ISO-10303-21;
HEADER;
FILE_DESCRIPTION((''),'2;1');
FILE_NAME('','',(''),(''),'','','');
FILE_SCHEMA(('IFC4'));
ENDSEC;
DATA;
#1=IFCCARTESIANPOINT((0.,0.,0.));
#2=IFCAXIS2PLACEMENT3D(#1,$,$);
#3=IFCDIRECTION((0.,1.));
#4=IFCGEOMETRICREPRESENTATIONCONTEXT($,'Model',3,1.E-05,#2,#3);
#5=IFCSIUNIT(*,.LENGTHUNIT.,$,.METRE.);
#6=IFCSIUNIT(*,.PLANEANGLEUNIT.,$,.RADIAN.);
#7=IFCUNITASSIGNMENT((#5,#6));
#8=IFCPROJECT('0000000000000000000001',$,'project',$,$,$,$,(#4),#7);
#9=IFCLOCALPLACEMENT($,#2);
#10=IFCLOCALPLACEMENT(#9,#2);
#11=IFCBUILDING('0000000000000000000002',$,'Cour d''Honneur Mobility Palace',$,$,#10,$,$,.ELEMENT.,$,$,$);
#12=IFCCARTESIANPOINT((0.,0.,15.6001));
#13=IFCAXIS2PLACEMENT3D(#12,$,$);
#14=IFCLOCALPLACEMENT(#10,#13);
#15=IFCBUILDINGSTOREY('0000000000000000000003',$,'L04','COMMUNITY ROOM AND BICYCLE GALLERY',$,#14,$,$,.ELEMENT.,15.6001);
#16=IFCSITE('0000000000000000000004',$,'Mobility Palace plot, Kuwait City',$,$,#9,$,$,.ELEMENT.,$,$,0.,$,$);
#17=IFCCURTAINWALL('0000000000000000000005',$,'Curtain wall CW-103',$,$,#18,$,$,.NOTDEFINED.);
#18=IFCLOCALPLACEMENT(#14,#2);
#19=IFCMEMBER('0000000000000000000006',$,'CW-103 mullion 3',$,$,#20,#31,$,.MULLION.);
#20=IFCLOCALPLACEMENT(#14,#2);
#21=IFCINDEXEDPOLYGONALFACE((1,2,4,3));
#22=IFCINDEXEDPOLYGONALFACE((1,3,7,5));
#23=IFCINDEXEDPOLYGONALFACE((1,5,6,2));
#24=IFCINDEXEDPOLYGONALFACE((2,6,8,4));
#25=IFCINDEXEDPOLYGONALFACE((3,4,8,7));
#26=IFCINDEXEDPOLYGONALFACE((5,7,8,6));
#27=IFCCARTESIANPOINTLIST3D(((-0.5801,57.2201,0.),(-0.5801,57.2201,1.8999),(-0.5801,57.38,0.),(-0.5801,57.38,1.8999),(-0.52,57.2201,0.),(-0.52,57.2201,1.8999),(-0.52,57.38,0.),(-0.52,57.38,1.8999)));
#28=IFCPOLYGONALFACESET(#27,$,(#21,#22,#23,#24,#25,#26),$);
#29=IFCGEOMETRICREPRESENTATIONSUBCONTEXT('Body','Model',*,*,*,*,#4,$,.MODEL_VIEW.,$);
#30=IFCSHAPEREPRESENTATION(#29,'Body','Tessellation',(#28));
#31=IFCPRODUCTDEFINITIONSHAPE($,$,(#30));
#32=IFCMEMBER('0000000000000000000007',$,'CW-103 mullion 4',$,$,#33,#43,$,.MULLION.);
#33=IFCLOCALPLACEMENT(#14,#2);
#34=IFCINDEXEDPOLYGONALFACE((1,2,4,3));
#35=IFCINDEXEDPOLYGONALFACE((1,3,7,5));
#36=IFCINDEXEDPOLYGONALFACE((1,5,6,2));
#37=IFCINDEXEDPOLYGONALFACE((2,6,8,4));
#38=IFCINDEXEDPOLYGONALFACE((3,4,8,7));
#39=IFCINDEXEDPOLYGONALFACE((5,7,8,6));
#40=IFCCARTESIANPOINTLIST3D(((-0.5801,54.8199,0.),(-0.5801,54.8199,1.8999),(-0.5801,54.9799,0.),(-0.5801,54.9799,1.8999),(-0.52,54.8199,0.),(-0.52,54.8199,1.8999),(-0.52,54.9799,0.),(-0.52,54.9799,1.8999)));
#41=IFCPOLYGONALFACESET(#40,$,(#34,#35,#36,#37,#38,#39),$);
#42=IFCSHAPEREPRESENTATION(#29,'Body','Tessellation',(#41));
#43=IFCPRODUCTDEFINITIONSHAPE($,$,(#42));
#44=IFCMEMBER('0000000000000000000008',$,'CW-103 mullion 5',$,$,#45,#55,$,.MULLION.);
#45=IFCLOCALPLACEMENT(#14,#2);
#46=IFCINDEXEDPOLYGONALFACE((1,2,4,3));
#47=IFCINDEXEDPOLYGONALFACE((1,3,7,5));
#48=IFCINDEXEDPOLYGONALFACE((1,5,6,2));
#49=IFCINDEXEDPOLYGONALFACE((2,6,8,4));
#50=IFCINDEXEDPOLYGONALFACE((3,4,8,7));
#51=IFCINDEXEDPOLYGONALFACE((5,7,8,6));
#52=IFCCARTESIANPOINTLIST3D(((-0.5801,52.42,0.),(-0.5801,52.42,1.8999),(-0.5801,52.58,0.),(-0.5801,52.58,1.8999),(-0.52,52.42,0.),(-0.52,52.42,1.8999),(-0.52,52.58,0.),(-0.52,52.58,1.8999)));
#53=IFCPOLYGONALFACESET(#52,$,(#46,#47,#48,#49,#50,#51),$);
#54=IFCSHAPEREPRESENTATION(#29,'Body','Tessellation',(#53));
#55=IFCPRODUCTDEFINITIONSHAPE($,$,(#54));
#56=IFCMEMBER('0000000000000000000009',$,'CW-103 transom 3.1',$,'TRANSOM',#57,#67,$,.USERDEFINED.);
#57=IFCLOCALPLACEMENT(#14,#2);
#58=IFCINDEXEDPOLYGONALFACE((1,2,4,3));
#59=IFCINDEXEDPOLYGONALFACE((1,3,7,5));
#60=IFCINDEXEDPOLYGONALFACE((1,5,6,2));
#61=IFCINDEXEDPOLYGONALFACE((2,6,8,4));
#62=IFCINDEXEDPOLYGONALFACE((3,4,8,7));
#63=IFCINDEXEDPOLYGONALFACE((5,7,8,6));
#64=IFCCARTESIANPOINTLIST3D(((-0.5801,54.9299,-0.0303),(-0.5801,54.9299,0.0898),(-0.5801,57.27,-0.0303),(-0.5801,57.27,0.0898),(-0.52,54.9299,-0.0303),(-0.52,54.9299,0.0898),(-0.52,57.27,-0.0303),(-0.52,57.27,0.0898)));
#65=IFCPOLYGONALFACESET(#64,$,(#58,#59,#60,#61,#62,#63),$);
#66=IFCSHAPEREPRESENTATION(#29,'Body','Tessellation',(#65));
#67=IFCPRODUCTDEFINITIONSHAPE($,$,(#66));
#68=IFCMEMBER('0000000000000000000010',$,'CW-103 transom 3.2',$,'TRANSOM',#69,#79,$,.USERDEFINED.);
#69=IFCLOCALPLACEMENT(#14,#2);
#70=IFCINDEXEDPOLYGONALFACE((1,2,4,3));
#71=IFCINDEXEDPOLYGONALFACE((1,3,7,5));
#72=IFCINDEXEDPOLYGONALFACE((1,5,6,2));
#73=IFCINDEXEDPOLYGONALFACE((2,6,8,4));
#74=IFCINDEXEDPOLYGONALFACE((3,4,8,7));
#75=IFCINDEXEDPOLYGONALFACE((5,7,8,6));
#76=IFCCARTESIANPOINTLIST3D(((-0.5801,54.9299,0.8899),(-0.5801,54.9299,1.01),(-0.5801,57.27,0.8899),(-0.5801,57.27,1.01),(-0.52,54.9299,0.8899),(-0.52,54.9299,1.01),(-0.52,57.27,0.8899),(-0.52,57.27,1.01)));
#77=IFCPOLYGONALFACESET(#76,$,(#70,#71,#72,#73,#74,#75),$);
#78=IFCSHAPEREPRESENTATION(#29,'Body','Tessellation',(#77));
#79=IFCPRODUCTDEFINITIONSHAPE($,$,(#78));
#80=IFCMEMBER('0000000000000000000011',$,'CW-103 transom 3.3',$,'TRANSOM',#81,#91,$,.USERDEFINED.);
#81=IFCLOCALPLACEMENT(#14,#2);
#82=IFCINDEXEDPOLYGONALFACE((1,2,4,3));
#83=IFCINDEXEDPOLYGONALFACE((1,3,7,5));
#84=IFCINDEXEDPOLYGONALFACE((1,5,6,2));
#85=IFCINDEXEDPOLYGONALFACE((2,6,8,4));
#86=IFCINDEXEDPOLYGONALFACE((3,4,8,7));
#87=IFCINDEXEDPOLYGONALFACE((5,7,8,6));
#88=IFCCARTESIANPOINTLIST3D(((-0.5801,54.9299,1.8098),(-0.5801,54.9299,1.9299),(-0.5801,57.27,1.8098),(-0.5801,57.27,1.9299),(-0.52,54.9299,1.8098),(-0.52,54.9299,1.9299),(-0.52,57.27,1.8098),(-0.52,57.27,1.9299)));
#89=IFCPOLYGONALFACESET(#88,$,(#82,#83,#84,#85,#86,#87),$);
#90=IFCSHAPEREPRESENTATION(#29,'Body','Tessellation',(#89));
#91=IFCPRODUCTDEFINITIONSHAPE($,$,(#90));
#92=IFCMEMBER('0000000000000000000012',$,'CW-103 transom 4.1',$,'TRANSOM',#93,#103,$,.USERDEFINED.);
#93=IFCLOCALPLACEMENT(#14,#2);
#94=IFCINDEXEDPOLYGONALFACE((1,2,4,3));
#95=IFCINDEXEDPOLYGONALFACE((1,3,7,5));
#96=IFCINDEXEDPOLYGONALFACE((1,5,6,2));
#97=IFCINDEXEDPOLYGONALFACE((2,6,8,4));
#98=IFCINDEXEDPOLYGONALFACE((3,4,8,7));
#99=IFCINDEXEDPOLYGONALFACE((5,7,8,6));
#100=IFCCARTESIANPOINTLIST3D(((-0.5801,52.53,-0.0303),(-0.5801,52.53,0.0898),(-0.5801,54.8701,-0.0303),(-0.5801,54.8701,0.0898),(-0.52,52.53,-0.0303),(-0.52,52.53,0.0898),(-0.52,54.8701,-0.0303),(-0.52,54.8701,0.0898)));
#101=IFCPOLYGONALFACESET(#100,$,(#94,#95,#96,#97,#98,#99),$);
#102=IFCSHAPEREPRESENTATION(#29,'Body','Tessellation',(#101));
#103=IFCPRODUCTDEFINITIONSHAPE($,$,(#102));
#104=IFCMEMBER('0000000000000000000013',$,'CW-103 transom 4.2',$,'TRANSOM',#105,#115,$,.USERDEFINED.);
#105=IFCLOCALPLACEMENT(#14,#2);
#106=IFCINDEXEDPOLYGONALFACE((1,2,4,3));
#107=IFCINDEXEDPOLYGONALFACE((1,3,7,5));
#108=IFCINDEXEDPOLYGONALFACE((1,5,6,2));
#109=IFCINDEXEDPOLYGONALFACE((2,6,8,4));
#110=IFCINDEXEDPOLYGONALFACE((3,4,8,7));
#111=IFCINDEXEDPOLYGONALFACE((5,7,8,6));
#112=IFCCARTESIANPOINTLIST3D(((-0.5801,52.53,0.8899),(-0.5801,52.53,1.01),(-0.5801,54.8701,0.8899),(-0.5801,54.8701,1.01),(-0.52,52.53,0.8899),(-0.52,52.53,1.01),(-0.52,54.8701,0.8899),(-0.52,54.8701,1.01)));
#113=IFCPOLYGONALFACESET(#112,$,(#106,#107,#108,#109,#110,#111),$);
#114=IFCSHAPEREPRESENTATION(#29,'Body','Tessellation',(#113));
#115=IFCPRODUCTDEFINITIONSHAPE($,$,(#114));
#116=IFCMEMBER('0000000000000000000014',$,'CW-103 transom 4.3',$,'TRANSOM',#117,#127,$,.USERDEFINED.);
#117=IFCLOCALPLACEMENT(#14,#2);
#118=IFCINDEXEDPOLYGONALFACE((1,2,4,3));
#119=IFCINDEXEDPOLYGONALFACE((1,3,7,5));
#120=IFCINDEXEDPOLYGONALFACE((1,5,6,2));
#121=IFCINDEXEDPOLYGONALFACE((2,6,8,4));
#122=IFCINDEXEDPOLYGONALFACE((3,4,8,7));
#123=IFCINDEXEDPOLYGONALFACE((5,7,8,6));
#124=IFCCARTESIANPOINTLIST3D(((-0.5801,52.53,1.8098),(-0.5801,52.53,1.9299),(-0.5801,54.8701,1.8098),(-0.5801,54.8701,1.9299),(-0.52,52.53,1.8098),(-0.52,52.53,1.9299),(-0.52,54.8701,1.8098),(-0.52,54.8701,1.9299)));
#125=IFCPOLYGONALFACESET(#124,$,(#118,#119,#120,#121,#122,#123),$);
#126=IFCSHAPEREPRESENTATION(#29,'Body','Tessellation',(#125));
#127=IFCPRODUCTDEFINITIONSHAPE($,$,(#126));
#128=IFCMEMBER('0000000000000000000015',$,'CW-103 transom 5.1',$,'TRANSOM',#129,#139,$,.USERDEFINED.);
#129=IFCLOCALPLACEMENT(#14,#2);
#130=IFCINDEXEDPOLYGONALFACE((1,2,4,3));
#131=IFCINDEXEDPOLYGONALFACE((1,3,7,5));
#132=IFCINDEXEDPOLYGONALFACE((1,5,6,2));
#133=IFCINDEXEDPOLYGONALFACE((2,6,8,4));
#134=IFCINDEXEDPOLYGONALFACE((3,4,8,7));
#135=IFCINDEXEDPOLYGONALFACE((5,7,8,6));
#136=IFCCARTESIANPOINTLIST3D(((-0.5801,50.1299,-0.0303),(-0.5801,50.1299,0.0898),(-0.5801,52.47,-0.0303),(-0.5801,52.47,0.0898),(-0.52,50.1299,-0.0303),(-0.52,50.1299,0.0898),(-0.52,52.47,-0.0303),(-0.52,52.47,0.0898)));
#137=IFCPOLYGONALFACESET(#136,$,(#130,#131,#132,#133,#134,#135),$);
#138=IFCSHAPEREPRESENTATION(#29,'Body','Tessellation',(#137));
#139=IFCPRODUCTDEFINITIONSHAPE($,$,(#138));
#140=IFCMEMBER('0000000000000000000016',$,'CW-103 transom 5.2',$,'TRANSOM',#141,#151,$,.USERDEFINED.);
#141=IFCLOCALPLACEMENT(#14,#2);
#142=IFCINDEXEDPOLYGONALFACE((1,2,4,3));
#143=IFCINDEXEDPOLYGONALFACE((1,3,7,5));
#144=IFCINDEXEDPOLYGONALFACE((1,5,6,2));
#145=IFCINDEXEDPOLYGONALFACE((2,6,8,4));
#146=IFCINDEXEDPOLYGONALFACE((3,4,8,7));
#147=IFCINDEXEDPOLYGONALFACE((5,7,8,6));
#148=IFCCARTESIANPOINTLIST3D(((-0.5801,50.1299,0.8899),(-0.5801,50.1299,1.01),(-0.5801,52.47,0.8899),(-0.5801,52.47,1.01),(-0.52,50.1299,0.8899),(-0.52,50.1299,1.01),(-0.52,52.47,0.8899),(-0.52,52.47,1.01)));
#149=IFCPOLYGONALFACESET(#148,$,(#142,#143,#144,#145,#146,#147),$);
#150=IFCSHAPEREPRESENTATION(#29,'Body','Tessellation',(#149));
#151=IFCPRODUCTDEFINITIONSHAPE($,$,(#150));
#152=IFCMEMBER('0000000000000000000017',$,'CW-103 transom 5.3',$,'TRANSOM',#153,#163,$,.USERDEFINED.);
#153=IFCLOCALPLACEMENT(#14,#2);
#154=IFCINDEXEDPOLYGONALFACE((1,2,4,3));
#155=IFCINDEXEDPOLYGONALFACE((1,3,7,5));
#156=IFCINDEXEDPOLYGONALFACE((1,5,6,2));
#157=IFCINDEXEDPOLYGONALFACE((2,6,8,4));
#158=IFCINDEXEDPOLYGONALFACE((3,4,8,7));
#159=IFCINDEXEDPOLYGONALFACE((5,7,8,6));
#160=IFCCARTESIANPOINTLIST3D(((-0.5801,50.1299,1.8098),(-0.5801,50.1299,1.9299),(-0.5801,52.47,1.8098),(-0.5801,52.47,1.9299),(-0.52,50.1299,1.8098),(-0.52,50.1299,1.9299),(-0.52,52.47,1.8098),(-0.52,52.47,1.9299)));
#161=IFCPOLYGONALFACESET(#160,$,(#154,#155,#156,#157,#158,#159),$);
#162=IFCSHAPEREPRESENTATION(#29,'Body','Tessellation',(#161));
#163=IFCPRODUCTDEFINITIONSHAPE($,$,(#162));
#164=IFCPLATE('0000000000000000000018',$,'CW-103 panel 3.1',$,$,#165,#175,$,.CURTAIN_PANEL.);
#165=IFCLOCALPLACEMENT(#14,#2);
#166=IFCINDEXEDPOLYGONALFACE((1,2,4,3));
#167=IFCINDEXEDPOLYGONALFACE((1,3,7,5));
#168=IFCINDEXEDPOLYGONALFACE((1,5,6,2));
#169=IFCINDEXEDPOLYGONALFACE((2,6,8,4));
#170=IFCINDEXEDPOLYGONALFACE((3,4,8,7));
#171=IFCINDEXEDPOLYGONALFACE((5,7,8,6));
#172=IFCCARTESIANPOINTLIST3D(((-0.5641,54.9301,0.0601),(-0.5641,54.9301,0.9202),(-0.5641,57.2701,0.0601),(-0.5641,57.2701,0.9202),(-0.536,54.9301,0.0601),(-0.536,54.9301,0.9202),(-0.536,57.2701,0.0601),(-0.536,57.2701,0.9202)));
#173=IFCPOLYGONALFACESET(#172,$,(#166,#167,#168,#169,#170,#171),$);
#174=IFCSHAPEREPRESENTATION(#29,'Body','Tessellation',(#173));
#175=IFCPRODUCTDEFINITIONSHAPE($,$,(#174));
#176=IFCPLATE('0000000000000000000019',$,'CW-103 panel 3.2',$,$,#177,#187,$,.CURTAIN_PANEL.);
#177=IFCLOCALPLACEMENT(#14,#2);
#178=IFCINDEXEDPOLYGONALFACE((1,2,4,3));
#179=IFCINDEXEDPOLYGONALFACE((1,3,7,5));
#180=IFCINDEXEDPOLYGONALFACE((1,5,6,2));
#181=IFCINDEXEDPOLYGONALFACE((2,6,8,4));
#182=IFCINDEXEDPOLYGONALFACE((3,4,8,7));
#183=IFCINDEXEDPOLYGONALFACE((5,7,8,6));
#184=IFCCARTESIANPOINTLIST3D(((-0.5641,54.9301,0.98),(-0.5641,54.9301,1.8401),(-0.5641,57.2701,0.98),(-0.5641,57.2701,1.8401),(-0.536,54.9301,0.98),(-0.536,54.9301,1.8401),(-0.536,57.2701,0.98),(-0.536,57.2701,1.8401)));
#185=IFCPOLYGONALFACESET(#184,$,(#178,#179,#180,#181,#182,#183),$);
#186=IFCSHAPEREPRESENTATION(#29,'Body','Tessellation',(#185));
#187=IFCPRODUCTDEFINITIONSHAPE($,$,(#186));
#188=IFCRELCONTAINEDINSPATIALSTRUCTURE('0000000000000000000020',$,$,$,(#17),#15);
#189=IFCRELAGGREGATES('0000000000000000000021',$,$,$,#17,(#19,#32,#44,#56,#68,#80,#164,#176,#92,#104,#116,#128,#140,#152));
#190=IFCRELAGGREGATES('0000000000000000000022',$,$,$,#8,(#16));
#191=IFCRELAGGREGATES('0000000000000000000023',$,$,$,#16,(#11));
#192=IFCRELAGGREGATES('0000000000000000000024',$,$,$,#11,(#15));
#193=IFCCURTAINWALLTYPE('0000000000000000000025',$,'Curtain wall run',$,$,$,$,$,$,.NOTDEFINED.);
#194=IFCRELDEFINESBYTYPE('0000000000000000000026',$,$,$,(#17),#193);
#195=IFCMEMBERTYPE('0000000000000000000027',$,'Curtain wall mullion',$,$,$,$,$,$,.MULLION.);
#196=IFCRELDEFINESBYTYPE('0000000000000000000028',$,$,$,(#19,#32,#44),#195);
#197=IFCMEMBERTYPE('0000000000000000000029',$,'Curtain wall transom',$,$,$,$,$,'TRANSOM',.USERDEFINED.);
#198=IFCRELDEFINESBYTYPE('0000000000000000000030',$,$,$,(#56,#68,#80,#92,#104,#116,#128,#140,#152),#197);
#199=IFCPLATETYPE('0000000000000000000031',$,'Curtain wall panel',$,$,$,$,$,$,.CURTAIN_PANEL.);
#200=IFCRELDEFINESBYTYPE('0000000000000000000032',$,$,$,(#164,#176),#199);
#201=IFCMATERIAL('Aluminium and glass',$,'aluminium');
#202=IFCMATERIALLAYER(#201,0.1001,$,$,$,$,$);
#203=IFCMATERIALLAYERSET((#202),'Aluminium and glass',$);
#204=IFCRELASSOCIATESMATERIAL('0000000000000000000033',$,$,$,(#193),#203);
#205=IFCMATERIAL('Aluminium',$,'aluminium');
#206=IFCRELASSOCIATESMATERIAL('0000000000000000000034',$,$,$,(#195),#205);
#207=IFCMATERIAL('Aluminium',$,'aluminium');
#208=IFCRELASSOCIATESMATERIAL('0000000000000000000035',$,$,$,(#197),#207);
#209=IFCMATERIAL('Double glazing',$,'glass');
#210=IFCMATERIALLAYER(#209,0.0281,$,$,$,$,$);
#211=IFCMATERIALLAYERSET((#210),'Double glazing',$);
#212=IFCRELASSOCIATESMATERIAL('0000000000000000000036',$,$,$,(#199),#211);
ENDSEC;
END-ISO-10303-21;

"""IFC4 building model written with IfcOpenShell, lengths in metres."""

from ifc_helpers import new_model, si_unit, direction, frame, origin, origin_2d, place, context, subcontext, project, spatial, rectangle, extrude, material, layer, layer_set, material_profile, profile_set, type_object, element, aggregate, save


model = new_model("IFC4")

# Units and contexts
model_context = context("Model", 3, precision=1e-05, world=origin(), true_north=direction((0.0, 1.0)))
body_context = subcontext(model_context, "Body", "Model", "MODEL_VIEW")
ifc_project = project(units=[si_unit("LENGTHUNIT", "METRE"), si_unit("PLANEANGLEUNIT", "RADIAN")], contexts=[model_context])

# Site, building, storey
site_placement = place(None, origin())
site = spatial("IfcSite", under=ifc_project, at=site_placement, Name="Mobility Palace plot, Kuwait City", CompositionType="ELEMENT", RefElevation=0.0)
building_placement = place(site_placement, origin())
building = spatial("IfcBuilding", under=site, at=building_placement, Name="Cour d'Honneur Mobility Palace", CompositionType="ELEMENT")
storey_placement = place(building_placement, frame((0.0, 0.0, 15.6001)))
storey = spatial("IfcBuildingStorey", under=building, at=storey_placement, Name="L04", Description="COMMUNITY ROOM AND BICYCLE GALLERY", CompositionType="ELEMENT", Elevation=15.6001)

# Curtain wall, members, plates
ifc_material_1 = material(Name="Aluminium and glass", Category="aluminium")
ifc_layer_1 = layer(ifc_material_1, 0.1001)
ifc_layer_set_1 = layer_set([ifc_layer_1], Name="Aluminium and glass")
curtain_wall_type = type_object("IfcCurtainWallType", Name="Curtain wall run", PredefinedType="NOTDEFINED", material=ifc_layer_set_1)
curtain_wall_placement = place(storey_placement, origin())
curtain_wall = element("IfcCurtainWall", 1, at=curtain_wall_placement, inside=storey, type_object=curtain_wall_type, Name="Curtain wall CW-103", PredefinedType="NOTDEFINED")
ifc_material_2 = material(Name="Aluminium", Category="aluminium")
ifc_material_profile_1 = material_profile(ifc_material_2, rectangle(XDim=0.0601, YDim=0.1599, at=origin_2d()), Name="Curtain wall mullion")
ifc_profile_set_1 = profile_set([ifc_material_profile_1], Name="Aluminium")
member_type_1 = type_object("IfcMemberType", Name="Curtain wall mullion", PredefinedType="MULLION", material=ifc_profile_set_1)
member_1_placement = place(storey_placement, frame((-0.55, 57.3, 0.0), z_axis=(0.0, 0.0, 1.0), x_axis=(1.0, 0.0, 0.0)))
member_1 = element("IfcMember", 2, at=member_1_placement, type_object=member_type_1, Name="CW-103 mullion 3", PredefinedType="MULLION", context=body_context, shape_type="SweptSolid", body=[
    extrude(rectangle(XDim=0.0601, YDim=0.1599, at=origin_2d()), origin(), (0.0, 0.0, 1.0), 1.8999),
])
member_2_placement = place(storey_placement, frame((-0.55, 54.8999, 0.0), z_axis=(0.0, 0.0, 1.0), x_axis=(1.0, 0.0, 0.0)))
member_2 = element("IfcMember", 3, at=member_2_placement, type_object=member_type_1, Name="CW-103 mullion 4", PredefinedType="MULLION", context=body_context, shape_type="SweptSolid", body=[
    extrude(rectangle(XDim=0.0601, YDim=0.1599, at=origin_2d()), origin(), (0.0, 0.0, 1.0), 1.8999),
])
member_3_placement = place(storey_placement, frame((-0.55, 52.5, 0.0), z_axis=(0.0, 0.0, 1.0), x_axis=(1.0, 0.0, 0.0)))
member_3 = element("IfcMember", 4, at=member_3_placement, type_object=member_type_1, Name="CW-103 mullion 5", PredefinedType="MULLION", context=body_context, shape_type="SweptSolid", body=[
    extrude(rectangle(XDim=0.0601, YDim=0.1599, at=origin_2d()), origin(), (0.0, 0.0, 1.0), 1.8999),
])
ifc_material_3 = material(Name="Aluminium", Category="aluminium")
ifc_material_profile_2 = material_profile(ifc_material_3, rectangle(XDim=0.0601, YDim=0.1201, at=origin_2d()), Name="Curtain wall transom")
ifc_profile_set_2 = profile_set([ifc_material_profile_2], Name="Aluminium")
member_type_2 = type_object("IfcMemberType", Name="Curtain wall transom", ElementType="TRANSOM", PredefinedType="USERDEFINED", material=ifc_profile_set_2)
member_4_placement = place(storey_placement, frame((-0.55, 57.27, 0.0298), z_axis=(0.0, -1.0, 0.0), x_axis=(1.0, 0.0, 0.0)))
member_4 = element("IfcMember", 5, at=member_4_placement, type_object=member_type_2, Name="CW-103 transom 3.1", ObjectType="TRANSOM", PredefinedType="USERDEFINED", context=body_context, shape_type="SweptSolid", body=[
    extrude(rectangle(XDim=0.0601, YDim=0.1201, at=origin_2d()), origin(), (0.0, 0.0, 1.0), 2.3401),
])
member_5_placement = place(storey_placement, frame((-0.55, 57.27, 0.95), z_axis=(0.0, -1.0, 0.0), x_axis=(1.0, 0.0, 0.0)))
member_5 = element("IfcMember", 6, at=member_5_placement, type_object=member_type_2, Name="CW-103 transom 3.2", ObjectType="TRANSOM", PredefinedType="USERDEFINED", context=body_context, shape_type="SweptSolid", body=[
    extrude(rectangle(XDim=0.0601, YDim=0.1201, at=origin_2d()), origin(), (0.0, 0.0, 1.0), 2.3401),
])
member_6_placement = place(storey_placement, frame((-0.55, 57.27, 1.8699), z_axis=(0.0, -1.0, 0.0), x_axis=(1.0, 0.0, 0.0)))
member_6 = element("IfcMember", 7, at=member_6_placement, type_object=member_type_2, Name="CW-103 transom 3.3", ObjectType="TRANSOM", PredefinedType="USERDEFINED", context=body_context, shape_type="SweptSolid", body=[
    extrude(rectangle(XDim=0.0601, YDim=0.1201, at=origin_2d()), origin(), (0.0, 0.0, 1.0), 2.3401),
])
member_7_placement = place(storey_placement, frame((-0.55, 54.8701, 0.0298), z_axis=(0.0, -1.0, 0.0), x_axis=(1.0, 0.0, 0.0)))
member_7 = element("IfcMember", 8, at=member_7_placement, type_object=member_type_2, Name="CW-103 transom 4.1", ObjectType="TRANSOM", PredefinedType="USERDEFINED", context=body_context, shape_type="SweptSolid", body=[
    extrude(rectangle(XDim=0.0601, YDim=0.1201, at=origin_2d()), origin(), (0.0, 0.0, 1.0), 2.3401),
])
member_8_placement = place(storey_placement, frame((-0.55, 54.8701, 0.95), z_axis=(0.0, -1.0, 0.0), x_axis=(1.0, 0.0, 0.0)))
member_8 = element("IfcMember", 9, at=member_8_placement, type_object=member_type_2, Name="CW-103 transom 4.2", ObjectType="TRANSOM", PredefinedType="USERDEFINED", context=body_context, shape_type="SweptSolid", body=[
    extrude(rectangle(XDim=0.0601, YDim=0.1201, at=origin_2d()), origin(), (0.0, 0.0, 1.0), 2.3401),
])
member_9_placement = place(storey_placement, frame((-0.55, 54.8701, 1.8699), z_axis=(0.0, -1.0, 0.0), x_axis=(1.0, 0.0, 0.0)))
member_9 = element("IfcMember", 10, at=member_9_placement, type_object=member_type_2, Name="CW-103 transom 4.3", ObjectType="TRANSOM", PredefinedType="USERDEFINED", context=body_context, shape_type="SweptSolid", body=[
    extrude(rectangle(XDim=0.0601, YDim=0.1201, at=origin_2d()), origin(), (0.0, 0.0, 1.0), 2.3401),
])
member_10_placement = place(storey_placement, frame((-0.55, 52.47, 0.0298), z_axis=(0.0, -1.0, 0.0), x_axis=(1.0, 0.0, 0.0)))
member_10 = element("IfcMember", 11, at=member_10_placement, type_object=member_type_2, Name="CW-103 transom 5.1", ObjectType="TRANSOM", PredefinedType="USERDEFINED", context=body_context, shape_type="SweptSolid", body=[
    extrude(rectangle(XDim=0.0601, YDim=0.1201, at=origin_2d()), origin(), (0.0, 0.0, 1.0), 2.3401),
])
member_11_placement = place(storey_placement, frame((-0.55, 52.47, 0.95), z_axis=(0.0, -1.0, 0.0), x_axis=(1.0, 0.0, 0.0)))
member_11 = element("IfcMember", 12, at=member_11_placement, type_object=member_type_2, Name="CW-103 transom 5.2", ObjectType="TRANSOM", PredefinedType="USERDEFINED", context=body_context, shape_type="SweptSolid", body=[
    extrude(rectangle(XDim=0.0601, YDim=0.1201, at=origin_2d()), origin(), (0.0, 0.0, 1.0), 2.3401),
])
member_12_placement = place(storey_placement, frame((-0.55, 52.47, 1.8699), z_axis=(0.0, -1.0, 0.0), x_axis=(1.0, 0.0, 0.0)))
member_12 = element("IfcMember", 13, at=member_12_placement, type_object=member_type_2, Name="CW-103 transom 5.3", ObjectType="TRANSOM", PredefinedType="USERDEFINED", context=body_context, shape_type="SweptSolid", body=[
    extrude(rectangle(XDim=0.0601, YDim=0.1201, at=origin_2d()), origin(), (0.0, 0.0, 1.0), 2.3401),
])
ifc_material_4 = material(Name="Double glazing", Category="glass")
ifc_layer_2 = layer(ifc_material_4, 0.0281)
ifc_layer_set_2 = layer_set([ifc_layer_2], Name="Double glazing")
plate_type = type_object("IfcPlateType", Name="Curtain wall panel", PredefinedType="CURTAIN_PANEL", material=ifc_layer_set_2)
plate_1_placement = place(storey_placement, frame((-0.55, 56.1001, 0.0601), z_axis=(0.0, 0.0, 1.0), x_axis=(0.0, -1.0, 0.0)))
plate_1 = element("IfcPlate", 14, at=plate_1_placement, type_object=plate_type, Name="CW-103 panel 3.1", PredefinedType="CURTAIN_PANEL", context=body_context, shape_type="SweptSolid", body=[
    extrude(rectangle(XDim=2.3401, YDim=0.0281, at=origin_2d()), origin(), (0.0, 0.0, 1.0), 0.8601),
])
plate_2_placement = place(storey_placement, frame((-0.55, 56.1001, 0.98), z_axis=(0.0, 0.0, 1.0), x_axis=(0.0, -1.0, 0.0)))
plate_2 = element("IfcPlate", 15, at=plate_2_placement, type_object=plate_type, Name="CW-103 panel 3.2", PredefinedType="CURTAIN_PANEL", context=body_context, shape_type="SweptSolid", body=[
    extrude(rectangle(XDim=2.3401, YDim=0.0281, at=origin_2d()), origin(), (0.0, 0.0, 1.0), 0.8601),
])
aggregate(curtain_wall, [member_1, member_2, member_3, member_4, member_5, member_6, plate_1, plate_2, member_7, member_8, member_9, member_10, member_11, member_12])

save(model, "model.ifc")
